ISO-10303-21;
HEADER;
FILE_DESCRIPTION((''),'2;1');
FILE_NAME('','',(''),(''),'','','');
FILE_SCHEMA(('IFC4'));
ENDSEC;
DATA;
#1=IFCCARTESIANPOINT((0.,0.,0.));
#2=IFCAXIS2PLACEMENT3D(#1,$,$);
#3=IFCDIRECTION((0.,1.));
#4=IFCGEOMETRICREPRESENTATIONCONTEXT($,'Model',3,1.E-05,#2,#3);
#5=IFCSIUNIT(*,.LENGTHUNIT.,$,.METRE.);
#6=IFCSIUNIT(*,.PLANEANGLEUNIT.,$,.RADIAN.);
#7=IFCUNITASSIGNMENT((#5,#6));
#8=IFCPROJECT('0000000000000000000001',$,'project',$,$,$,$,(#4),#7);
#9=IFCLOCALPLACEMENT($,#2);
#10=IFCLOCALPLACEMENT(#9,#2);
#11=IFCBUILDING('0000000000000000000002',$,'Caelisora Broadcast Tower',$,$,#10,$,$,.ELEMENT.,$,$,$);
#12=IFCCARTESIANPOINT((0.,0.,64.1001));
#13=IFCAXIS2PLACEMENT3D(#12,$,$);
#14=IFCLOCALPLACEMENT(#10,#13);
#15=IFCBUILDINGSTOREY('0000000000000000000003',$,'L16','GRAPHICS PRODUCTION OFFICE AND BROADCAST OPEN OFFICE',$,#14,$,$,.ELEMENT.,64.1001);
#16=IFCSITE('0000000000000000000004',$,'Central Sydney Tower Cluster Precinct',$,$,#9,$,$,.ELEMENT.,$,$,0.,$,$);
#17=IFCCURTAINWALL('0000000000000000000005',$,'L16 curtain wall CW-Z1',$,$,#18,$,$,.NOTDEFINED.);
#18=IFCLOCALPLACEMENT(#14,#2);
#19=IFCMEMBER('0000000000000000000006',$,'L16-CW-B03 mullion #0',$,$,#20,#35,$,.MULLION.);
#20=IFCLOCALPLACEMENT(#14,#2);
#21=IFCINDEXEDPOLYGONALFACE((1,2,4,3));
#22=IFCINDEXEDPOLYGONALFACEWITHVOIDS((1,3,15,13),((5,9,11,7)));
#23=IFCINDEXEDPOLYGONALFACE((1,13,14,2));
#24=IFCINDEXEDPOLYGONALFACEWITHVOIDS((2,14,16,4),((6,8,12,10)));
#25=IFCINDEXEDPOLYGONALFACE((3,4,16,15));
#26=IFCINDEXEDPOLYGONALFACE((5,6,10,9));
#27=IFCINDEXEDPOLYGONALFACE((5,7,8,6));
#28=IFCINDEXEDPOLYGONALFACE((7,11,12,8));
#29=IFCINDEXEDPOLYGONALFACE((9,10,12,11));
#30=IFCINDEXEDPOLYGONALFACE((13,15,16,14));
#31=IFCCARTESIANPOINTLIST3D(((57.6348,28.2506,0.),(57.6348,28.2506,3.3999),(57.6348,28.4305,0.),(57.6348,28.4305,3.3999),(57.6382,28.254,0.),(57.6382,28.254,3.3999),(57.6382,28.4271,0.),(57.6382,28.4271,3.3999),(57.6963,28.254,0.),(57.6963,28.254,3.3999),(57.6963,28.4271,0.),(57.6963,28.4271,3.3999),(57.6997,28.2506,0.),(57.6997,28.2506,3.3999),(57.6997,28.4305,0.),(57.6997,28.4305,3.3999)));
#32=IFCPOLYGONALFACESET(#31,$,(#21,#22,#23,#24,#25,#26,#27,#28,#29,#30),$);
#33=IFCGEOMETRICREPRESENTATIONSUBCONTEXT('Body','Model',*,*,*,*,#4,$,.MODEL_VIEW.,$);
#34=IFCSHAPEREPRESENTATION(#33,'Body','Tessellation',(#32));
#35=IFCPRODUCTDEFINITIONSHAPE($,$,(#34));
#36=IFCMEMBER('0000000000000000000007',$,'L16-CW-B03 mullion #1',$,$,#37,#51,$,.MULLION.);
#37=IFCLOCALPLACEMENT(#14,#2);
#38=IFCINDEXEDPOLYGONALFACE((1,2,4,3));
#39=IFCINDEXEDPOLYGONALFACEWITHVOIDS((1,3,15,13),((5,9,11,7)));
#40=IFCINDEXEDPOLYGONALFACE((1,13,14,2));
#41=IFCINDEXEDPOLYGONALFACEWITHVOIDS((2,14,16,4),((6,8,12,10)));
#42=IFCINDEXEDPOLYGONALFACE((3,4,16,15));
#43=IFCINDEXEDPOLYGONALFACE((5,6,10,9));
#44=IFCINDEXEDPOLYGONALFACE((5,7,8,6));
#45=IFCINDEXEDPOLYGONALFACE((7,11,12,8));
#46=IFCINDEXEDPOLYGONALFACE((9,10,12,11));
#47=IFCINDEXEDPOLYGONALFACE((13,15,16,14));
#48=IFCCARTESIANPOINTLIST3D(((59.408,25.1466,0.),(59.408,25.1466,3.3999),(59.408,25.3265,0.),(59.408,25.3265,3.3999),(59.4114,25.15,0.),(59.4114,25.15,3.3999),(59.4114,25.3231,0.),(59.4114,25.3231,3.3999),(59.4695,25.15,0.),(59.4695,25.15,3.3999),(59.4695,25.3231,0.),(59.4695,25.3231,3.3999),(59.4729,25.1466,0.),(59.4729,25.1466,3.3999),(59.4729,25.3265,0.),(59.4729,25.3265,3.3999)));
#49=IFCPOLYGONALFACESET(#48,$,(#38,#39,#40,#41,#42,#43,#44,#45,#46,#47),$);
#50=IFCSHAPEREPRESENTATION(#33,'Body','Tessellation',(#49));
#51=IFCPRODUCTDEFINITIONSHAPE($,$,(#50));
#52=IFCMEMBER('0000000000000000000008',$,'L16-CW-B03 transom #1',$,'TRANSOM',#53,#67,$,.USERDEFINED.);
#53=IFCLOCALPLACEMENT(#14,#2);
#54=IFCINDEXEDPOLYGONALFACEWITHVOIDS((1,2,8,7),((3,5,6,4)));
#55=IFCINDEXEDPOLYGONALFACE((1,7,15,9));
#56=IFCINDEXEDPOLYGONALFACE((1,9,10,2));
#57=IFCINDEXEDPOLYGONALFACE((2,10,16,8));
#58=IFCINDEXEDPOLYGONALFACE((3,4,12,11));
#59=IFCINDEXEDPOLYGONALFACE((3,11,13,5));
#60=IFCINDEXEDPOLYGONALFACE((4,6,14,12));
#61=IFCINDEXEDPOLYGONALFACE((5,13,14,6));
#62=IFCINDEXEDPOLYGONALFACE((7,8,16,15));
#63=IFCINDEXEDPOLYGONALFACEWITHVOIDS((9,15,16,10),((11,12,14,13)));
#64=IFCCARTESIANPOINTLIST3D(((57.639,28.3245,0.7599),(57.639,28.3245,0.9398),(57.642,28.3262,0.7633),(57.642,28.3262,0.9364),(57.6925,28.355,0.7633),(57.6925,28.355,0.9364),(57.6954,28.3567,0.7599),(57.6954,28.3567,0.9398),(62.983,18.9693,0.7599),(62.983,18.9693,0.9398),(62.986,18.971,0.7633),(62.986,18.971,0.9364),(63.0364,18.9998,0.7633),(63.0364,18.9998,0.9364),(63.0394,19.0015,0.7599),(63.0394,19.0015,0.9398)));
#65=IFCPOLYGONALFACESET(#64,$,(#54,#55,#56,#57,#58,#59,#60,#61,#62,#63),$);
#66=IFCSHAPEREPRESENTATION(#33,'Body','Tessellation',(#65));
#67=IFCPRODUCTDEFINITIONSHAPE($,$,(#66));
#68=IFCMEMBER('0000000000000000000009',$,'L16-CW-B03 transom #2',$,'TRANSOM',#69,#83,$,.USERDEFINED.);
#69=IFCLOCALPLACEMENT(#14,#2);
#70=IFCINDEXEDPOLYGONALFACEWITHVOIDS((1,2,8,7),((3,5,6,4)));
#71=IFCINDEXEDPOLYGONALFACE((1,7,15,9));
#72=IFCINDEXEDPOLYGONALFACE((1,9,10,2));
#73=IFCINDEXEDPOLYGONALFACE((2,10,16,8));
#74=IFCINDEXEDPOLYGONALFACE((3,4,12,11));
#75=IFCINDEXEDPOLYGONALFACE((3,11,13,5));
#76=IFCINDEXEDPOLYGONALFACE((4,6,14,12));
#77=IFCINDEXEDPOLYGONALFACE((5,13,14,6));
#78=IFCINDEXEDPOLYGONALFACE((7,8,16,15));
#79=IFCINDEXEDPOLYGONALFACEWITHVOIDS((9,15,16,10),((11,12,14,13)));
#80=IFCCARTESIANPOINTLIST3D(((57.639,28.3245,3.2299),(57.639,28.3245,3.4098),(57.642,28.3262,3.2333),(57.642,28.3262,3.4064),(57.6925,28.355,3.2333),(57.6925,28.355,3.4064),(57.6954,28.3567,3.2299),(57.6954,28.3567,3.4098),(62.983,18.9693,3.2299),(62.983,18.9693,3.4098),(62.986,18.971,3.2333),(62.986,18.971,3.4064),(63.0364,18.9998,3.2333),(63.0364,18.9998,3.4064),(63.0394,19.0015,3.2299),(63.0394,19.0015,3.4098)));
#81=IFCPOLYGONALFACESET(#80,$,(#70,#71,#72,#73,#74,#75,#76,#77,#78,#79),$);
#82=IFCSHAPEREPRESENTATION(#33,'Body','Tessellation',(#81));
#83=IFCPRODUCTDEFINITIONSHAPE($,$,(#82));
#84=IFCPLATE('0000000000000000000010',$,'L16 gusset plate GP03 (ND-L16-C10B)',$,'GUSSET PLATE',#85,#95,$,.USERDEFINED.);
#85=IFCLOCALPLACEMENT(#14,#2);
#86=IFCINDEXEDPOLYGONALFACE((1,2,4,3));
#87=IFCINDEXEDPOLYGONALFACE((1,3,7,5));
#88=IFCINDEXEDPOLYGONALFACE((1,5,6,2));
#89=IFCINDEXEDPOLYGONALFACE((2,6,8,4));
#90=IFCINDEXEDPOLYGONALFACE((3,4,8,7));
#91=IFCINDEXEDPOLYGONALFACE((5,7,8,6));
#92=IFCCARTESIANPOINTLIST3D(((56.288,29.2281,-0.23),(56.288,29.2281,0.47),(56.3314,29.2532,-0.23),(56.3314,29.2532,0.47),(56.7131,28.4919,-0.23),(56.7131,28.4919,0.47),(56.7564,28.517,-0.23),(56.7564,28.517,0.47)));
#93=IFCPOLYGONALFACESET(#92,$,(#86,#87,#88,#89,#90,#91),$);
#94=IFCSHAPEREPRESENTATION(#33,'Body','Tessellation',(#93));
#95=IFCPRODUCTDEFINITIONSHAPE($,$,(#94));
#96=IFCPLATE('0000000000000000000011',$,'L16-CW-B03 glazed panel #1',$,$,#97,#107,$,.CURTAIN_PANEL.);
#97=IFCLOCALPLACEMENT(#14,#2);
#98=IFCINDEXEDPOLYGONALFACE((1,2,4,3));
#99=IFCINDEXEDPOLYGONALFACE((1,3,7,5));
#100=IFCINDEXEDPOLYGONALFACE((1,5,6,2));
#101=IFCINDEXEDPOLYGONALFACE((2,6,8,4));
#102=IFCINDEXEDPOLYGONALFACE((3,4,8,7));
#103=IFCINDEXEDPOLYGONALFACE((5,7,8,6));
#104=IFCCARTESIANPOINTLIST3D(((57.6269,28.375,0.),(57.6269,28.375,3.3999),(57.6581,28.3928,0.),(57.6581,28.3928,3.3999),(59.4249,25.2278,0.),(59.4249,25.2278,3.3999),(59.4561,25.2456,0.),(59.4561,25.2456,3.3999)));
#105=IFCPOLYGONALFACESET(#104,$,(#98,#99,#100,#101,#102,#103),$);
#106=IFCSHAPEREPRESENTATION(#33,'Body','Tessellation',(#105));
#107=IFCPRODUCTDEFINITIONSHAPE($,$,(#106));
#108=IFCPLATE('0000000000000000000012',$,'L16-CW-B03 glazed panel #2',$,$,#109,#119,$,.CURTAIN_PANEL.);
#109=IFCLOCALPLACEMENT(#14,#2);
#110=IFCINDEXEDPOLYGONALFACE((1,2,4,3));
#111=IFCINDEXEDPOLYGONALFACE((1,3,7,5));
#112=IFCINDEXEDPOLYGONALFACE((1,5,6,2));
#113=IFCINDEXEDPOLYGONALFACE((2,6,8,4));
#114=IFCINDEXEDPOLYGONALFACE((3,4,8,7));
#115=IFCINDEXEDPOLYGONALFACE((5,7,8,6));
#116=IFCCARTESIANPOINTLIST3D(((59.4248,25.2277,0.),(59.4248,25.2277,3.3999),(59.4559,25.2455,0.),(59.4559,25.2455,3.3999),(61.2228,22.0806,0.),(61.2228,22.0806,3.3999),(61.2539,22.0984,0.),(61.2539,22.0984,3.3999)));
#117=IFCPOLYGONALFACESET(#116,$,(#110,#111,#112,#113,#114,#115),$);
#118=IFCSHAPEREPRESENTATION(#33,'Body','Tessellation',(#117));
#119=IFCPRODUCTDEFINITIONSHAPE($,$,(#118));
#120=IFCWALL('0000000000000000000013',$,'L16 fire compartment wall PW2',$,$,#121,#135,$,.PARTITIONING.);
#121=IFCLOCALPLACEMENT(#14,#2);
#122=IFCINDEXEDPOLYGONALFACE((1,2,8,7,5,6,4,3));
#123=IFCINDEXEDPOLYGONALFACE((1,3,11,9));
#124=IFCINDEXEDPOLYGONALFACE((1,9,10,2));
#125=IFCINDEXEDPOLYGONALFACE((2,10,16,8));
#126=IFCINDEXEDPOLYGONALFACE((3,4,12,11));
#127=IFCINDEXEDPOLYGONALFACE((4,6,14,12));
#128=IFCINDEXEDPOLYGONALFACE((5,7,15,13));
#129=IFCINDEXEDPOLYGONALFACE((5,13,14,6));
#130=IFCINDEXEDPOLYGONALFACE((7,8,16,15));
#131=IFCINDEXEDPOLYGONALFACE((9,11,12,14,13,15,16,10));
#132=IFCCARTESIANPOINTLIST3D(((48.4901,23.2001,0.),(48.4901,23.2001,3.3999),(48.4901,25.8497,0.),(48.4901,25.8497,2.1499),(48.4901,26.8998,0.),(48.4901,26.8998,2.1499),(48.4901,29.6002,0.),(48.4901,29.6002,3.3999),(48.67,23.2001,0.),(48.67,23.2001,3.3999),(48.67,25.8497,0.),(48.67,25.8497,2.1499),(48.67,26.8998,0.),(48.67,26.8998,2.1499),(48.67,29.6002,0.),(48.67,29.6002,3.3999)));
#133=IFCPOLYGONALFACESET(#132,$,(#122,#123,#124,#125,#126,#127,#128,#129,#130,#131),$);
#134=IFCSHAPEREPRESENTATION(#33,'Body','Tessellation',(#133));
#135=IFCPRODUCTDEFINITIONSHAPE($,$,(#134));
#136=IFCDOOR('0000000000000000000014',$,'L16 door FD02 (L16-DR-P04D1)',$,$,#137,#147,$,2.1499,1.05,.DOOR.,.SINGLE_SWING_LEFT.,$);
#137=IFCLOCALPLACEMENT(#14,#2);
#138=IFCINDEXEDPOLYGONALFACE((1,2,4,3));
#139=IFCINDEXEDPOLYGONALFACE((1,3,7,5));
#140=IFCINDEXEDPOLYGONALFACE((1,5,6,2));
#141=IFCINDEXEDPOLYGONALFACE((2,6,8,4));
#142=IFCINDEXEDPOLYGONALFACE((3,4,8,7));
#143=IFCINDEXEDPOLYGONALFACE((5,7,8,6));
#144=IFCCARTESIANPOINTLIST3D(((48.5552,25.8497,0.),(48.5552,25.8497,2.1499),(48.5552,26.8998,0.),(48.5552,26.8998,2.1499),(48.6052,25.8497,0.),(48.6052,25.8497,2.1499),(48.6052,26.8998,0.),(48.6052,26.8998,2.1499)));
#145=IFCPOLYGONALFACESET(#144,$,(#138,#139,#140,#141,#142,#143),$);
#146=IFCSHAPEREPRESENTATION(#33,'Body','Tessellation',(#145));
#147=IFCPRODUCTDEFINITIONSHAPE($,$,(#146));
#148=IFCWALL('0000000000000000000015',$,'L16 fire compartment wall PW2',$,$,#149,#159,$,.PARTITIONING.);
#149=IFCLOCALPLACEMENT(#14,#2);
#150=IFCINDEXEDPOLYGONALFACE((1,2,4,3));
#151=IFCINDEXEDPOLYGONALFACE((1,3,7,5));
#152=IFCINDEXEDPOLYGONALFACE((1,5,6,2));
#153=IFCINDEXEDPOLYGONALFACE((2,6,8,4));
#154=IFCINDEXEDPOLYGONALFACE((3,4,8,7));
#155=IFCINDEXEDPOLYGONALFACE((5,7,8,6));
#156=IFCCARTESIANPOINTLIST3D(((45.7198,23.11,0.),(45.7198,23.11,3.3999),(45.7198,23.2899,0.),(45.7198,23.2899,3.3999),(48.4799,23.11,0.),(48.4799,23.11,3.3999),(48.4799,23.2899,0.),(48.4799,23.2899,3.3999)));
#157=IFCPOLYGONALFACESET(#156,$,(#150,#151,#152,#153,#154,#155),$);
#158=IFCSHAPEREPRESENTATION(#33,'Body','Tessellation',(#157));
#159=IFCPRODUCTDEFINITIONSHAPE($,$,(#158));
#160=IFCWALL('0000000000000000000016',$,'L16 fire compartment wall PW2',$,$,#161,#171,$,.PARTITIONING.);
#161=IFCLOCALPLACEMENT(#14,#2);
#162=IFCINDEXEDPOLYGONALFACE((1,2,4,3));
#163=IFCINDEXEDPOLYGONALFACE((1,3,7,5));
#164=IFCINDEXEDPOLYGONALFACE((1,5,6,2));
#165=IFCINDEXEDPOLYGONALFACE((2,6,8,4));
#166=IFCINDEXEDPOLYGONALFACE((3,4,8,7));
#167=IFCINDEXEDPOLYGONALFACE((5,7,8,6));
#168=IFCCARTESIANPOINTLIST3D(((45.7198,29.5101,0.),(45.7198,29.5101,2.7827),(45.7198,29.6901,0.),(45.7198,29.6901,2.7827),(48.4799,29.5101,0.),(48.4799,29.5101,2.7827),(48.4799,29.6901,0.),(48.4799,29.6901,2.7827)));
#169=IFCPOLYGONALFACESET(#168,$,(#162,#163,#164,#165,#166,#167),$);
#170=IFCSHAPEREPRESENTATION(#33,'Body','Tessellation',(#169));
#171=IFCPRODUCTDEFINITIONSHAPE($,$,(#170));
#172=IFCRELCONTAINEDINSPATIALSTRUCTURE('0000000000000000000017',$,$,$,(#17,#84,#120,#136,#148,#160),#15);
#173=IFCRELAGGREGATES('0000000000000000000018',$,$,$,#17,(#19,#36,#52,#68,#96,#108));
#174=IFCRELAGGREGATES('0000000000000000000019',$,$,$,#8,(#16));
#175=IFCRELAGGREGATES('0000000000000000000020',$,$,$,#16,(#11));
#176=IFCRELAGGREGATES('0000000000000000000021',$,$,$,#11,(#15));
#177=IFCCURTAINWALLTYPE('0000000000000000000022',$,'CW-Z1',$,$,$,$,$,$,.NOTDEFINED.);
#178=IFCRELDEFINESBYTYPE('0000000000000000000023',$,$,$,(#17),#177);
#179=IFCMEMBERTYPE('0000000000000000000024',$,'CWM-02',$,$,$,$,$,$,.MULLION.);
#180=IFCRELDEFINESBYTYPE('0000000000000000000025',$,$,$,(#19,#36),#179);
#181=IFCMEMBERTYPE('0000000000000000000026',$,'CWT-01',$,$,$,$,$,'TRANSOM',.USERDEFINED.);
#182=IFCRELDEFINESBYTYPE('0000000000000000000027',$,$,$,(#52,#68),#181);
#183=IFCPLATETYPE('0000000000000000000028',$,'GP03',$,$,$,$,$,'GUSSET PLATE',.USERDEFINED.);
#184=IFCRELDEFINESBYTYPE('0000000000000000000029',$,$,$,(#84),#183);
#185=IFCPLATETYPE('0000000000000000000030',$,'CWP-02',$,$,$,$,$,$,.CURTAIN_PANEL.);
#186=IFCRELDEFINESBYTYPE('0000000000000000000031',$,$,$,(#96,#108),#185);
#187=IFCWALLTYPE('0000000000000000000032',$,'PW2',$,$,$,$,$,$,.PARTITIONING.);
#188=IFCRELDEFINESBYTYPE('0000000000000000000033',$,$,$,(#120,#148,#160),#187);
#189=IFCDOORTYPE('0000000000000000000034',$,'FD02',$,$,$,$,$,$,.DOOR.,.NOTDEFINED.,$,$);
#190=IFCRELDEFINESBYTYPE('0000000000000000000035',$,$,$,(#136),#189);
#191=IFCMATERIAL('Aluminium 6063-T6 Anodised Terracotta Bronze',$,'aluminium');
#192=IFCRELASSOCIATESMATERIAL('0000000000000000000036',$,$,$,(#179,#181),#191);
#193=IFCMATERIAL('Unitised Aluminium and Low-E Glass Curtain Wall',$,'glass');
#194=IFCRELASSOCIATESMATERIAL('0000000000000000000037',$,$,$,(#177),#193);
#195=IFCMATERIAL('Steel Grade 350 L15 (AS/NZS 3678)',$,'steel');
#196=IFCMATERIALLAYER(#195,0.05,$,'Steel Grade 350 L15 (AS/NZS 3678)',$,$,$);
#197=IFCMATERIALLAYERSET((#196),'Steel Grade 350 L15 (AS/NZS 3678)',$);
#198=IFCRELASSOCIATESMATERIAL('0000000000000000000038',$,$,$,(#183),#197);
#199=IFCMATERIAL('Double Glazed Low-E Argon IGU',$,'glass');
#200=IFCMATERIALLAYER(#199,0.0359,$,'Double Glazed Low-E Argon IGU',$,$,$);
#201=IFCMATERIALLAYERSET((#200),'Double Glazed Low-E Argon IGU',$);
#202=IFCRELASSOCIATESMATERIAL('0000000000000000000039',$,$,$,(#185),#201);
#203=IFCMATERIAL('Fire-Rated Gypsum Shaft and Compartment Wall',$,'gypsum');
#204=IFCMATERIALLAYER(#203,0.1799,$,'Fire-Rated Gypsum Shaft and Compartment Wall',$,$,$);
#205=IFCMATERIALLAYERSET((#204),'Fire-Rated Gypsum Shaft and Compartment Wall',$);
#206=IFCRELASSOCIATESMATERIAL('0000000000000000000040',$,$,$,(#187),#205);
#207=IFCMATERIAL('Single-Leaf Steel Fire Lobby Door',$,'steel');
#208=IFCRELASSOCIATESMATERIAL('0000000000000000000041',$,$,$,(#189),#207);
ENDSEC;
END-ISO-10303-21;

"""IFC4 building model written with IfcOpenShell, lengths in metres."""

from ifc_helpers import new_model, si_unit, direction, frame, frame_2d, origin, origin_2d, place, context, subcontext, project, spatial, rectangle, hollow_rectangle, extrude, source, transform, mapped, material, layer, layer_set, material_profile, profile_set, type_object, type_shapes, element, fill, aggregate, save


model = new_model("IFC4")

# Units and contexts
model_context = context("Model", 3, precision=1e-05, world=origin(), true_north=direction((0.0, 1.0)))
body_context = subcontext(model_context, "Body", "Model", "MODEL_VIEW")
ifc_project = project(units=[si_unit("LENGTHUNIT", "METRE"), si_unit("PLANEANGLEUNIT", "RADIAN")], contexts=[model_context])

# Site, building, storey
site_placement = place(None, origin())
site = spatial("IfcSite", under=ifc_project, at=site_placement, Name="Central Sydney Tower Cluster Precinct", CompositionType="ELEMENT", RefElevation=0.0)
building_placement = place(site_placement, origin())
building = spatial("IfcBuilding", under=site, at=building_placement, Name="Caelisora Broadcast Tower", CompositionType="ELEMENT")
storey_placement = place(building_placement, frame((0.0, 0.0, 64.1001)))
storey = spatial("IfcBuildingStorey", under=building, at=storey_placement, Name="L16", Description="GRAPHICS PRODUCTION OFFICE AND BROADCAST OPEN OFFICE", CompositionType="ELEMENT", Elevation=64.1001)

# Shared definitions
ifc_material_1 = material(Name="Steel Grade 350 L15 (AS/NZS 3678)", Category="steel")

# Shared definitions
ifc_material_2 = material(Name="Aluminium 6063-T6 Anodised Terracotta Bronze", Category="aluminium")
ifc_material_profile_1 = material_profile(ifc_material_2, hollow_rectangle(XDim=0.0649, YDim=0.1799, WallThickness=0.0034, at=origin_2d()), Name="Aluminium 6063-T6 Anodised Terracotta Bronze")
ifc_profile_set_1 = profile_set([ifc_material_profile_1], Name="Aluminium 6063-T6 Anodised Terracotta Bronze")
member_type_1 = type_object("IfcMemberType", Name="CWM-02", PredefinedType="MULLION", material=ifc_profile_set_1)
shared_shape_1 = source(origin(), body_context, "Body", "SweptSolid", [
    extrude(hollow_rectangle(XDim=0.0649, YDim=0.1799, WallThickness=0.0034, at=origin_2d()), origin(), (0.0, 0.0, 1.0), 3.3999),
])
type_shapes(member_type_1, [shared_shape_1])

# Curtain wall, members
ifc_material_3 = material(Name="Unitised Aluminium and Low-E Glass Curtain Wall", Category="glass")
curtain_wall_type_1 = type_object("IfcCurtainWallType", Name="CW-Z1", PredefinedType="NOTDEFINED", material=ifc_material_3)
curtain_wall_1_placement = place(storey_placement, origin())
curtain_wall_1 = element("IfcCurtainWall", 1, at=curtain_wall_1_placement, inside=storey, type_object=curtain_wall_type_1, Name="L16 curtain wall CW-Z1", PredefinedType="NOTDEFINED")
member_1_placement = place(storey_placement, frame((57.6672, 28.3406, 0.0), z_axis=(0.0, 0.0, 1.0), x_axis=(1.0, 0.0, 0.0)))
member_1 = element("IfcMember", 2, at=member_1_placement, type_object=member_type_1, Name="L16-CW-B03 mullion #0", PredefinedType="MULLION", context=body_context, shape_type="MappedRepresentation", body=[
    mapped(shared_shape_1, transform((0.0, 0.0, 0.0), scale=1.0)),
])
member_2_placement = place(storey_placement, frame((59.4404, 25.2366, 0.0), z_axis=(0.0, 0.0, 1.0), x_axis=(1.0, 0.0, 0.0)))
member_2 = element("IfcMember", 3, at=member_2_placement, type_object=member_type_1, Name="L16-CW-B03 mullion #1", PredefinedType="MULLION", context=body_context, shape_type="MappedRepresentation", body=[
    mapped(shared_shape_1, transform((0.0, 0.0, 0.0), scale=1.0)),
])
ifc_material_profile_2 = material_profile(ifc_material_2, hollow_rectangle(XDim=0.0649, YDim=0.1799, WallThickness=0.0034, at=origin_2d()), Name="Aluminium 6063-T6 Anodised Terracotta Bronze")
ifc_profile_set_2 = profile_set([ifc_material_profile_2], Name="Aluminium 6063-T6 Anodised Terracotta Bronze")
member_type_2 = type_object("IfcMemberType", Name="CWT-01", ElementType="TRANSOM", PredefinedType="USERDEFINED", material=ifc_profile_set_2)
shared_shape_2 = source(origin(), body_context, "Body", "SweptSolid", [
    extrude(hollow_rectangle(XDim=0.0649, YDim=0.1799, WallThickness=0.0034, at=origin_2d()), origin(), (0.0, 0.0, 1.0), 10.7739),
])
type_shapes(member_type_2, [shared_shape_2])
member_3_placement = place(storey_placement, frame((57.6672, 28.3406, 0.8499), z_axis=(0.49601, -0.868317, 0.0), x_axis=(0.868317, 0.49601, 0.0)))
member_3 = element("IfcMember", 4, at=member_3_placement, type_object=member_type_2, Name="L16-CW-B03 transom #1", ObjectType="TRANSOM", PredefinedType="USERDEFINED", context=body_context, shape_type="MappedRepresentation", body=[
    mapped(shared_shape_2, transform((0.0, 0.0, 0.0), scale=1.0)),
])
member_4_placement = place(storey_placement, frame((57.6672, 28.3406, 3.3198), z_axis=(0.49601, -0.868317, 0.0), x_axis=(0.868317, 0.49601, 0.0)))
member_4 = element("IfcMember", 5, at=member_4_placement, type_object=member_type_2, Name="L16-CW-B03 transom #2", ObjectType="TRANSOM", PredefinedType="USERDEFINED", context=body_context, shape_type="MappedRepresentation", body=[
    mapped(shared_shape_2, transform((0.0, 0.0, 0.0), scale=1.0)),
])

# Plates
ifc_layer_1 = layer(ifc_material_1, 0.05, Name="Steel Grade 350 L15 (AS/NZS 3678)")
ifc_layer_set_1 = layer_set([ifc_layer_1], Name="Steel Grade 350 L15 (AS/NZS 3678)")
plate_type_1 = type_object("IfcPlateType", Name="GP03", ElementType="GUSSET PLATE", PredefinedType="USERDEFINED", material=ifc_layer_set_1)
shared_shape_3 = source(origin(), body_context, "Body", "SweptSolid", [
    extrude(rectangle(XDim=0.8501, YDim=0.05, at=origin_2d()), origin(), (0.0, 0.0, 1.0), 0.7),
])
type_shapes(plate_type_1, [shared_shape_3])
plate_1_placement = place(storey_placement, frame((56.5222, 28.8726, -0.23), z_axis=(0.0, 0.0, 1.0), x_axis=(-0.5, 0.866025, 0.0)))
element("IfcPlate", 6, at=plate_1_placement, inside=storey, type_object=plate_type_1, Name="L16 gusset plate GP03 (ND-L16-C10B)", ObjectType="GUSSET PLATE", PredefinedType="USERDEFINED", context=body_context, shape_type="MappedRepresentation", body=[
    mapped(shared_shape_3, transform((0.0, 0.0, 0.0), scale=1.0)),
])
ifc_material_4 = material(Name="Double Glazed Low-E Argon IGU", Category="glass")
ifc_layer_2 = layer(ifc_material_4, 0.0359, Name="Double Glazed Low-E Argon IGU")
ifc_layer_set_2 = layer_set([ifc_layer_2], Name="Double Glazed Low-E Argon IGU")
plate_type_2 = type_object("IfcPlateType", Name="CWP-02", PredefinedType="CURTAIN_PANEL", material=ifc_layer_set_2)
shared_shape_4 = source(origin(), body_context, "Body", "SweptSolid", [
    extrude(rectangle(XDim=3.6245, YDim=0.0359, at=origin_2d()), origin(), (0.0, 0.0, 1.0), 3.3999),
])
type_shapes(plate_type_2, [shared_shape_4])
plate_2_placement = place(storey_placement, frame((58.5415, 26.8103, 0.0), z_axis=(0.0, 0.0, 1.0), x_axis=(0.496065, -0.868285, 0.0)))
plate_2 = element("IfcPlate", 7, at=plate_2_placement, type_object=plate_type_2, Name="L16-CW-B03 glazed panel #1", PredefinedType="CURTAIN_PANEL", context=body_context, shape_type="MappedRepresentation", body=[
    mapped(shared_shape_4, transform((0.0, 0.0, 0.0), scale=1.0)),
])
plate_3_placement = place(storey_placement, frame((60.3394, 23.6631, 0.0), z_axis=(0.0, 0.0, 1.0), x_axis=(0.496065, -0.868285, 0.0)))
plate_3 = element("IfcPlate", 8, at=plate_3_placement, type_object=plate_type_2, Name="L16-CW-B03 glazed panel #2", PredefinedType="CURTAIN_PANEL", context=body_context, shape_type="MappedRepresentation", body=[
    mapped(shared_shape_4, transform((0.0, 0.0, 0.0), scale=1.0)),
])
aggregate(curtain_wall_1, [member_1, member_2, member_3, member_4, plate_2, plate_3])

# Wall, opening, door
ifc_material_5 = material(Name="Fire-Rated Gypsum Shaft and Compartment Wall", Category="gypsum")
ifc_layer_3 = layer(ifc_material_5, 0.1799, Name="Fire-Rated Gypsum Shaft and Compartment Wall")
ifc_layer_set_3 = layer_set([ifc_layer_3], Name="Fire-Rated Gypsum Shaft and Compartment Wall")
wall_type_1 = type_object("IfcWallType", Name="PW2", PredefinedType="PARTITIONING", material=ifc_layer_set_3)
wall_1_placement = place(storey_placement, frame((48.5801, 23.2, 0.0), z_axis=(0.0, 0.0, 1.0), x_axis=(0.0, 1.0, 0.0)))
wall_1 = element("IfcWall", 9, at=wall_1_placement, inside=storey, type_object=wall_type_1, Name="L16 fire compartment wall PW2", PredefinedType="PARTITIONING", context=body_context, shape_type="SweptSolid", body=[
    extrude(rectangle(XDim=6.4001, YDim=0.1799, at=frame_2d((3.2002, 0.0))), origin(), (0.0, 0.0, 1.0), 3.3999),
])
opening_1_placement = place(wall_1_placement, frame((2.6499, 0.0, 0.0)))
opening_1 = element("IfcOpeningElement", 10, at=opening_1_placement, cuts=wall_1, PredefinedType="OPENING", context=body_context, shape_type="SweptSolid", body=[
    extrude(rectangle(XDim=1.05, YDim=2.1499, at=frame_2d((0.5249, 1.075))), frame((0.0, 0.1021, 0.0), z_axis=(0.0, -1.0, 0.0), x_axis=(1.0, 0.0, 0.0)), (0.0, 0.0, 1.0), 0.2039),
])
ifc_material_6 = material(Name="Single-Leaf Steel Fire Lobby Door", Category="steel")
door_type_1 = type_object("IfcDoorType", Name="FD02", OperationType="NOTDEFINED", PredefinedType="DOOR", material=ifc_material_6)
door_1_placement = place(opening_1_placement, origin())
door_1 = element("IfcDoor", 11, at=door_1_placement, inside=storey, type_object=door_type_1, Name="L16 door FD02 (L16-DR-P04D1)", OperationType="SINGLE_SWING_LEFT", OverallHeight=2.1499, OverallWidth=1.05, PredefinedType="DOOR", context=body_context, shape_type="SweptSolid", body=[
    extrude(rectangle(XDim=1.05, YDim=2.1499, at=frame_2d((0.5249, 1.075))), frame((0.0, 0.0249, 0.0), z_axis=(0.0, -1.0, 0.0), x_axis=(1.0, 0.0, 0.0)), (0.0, 0.0, 1.0), 0.05),
])
fill(opening_1, door_1)

# Walls
wall_2_placement = place(storey_placement, frame((45.72, 23.2, 0.0), z_axis=(0.0, 0.0, 1.0), x_axis=(1.0, 0.0, 0.0)))
element("IfcWall", 12, at=wall_2_placement, inside=storey, type_object=wall_type_1, Name="L16 fire compartment wall PW2", PredefinedType="PARTITIONING", context=body_context, shape_type="SweptSolid", body=[
    extrude(rectangle(XDim=2.76, YDim=0.1799, at=frame_2d((1.3799, 0.0))), origin(), (0.0, 0.0, 1.0), 3.3999),
])
wall_3_placement = place(storey_placement, frame((45.72, 29.6001, 0.0), z_axis=(0.0, 0.0, 1.0), x_axis=(1.0, 0.0, 0.0)))
element("IfcWall", 13, at=wall_3_placement, inside=storey, type_object=wall_type_1, Name="L16 fire compartment wall PW2", PredefinedType="PARTITIONING", context=body_context, shape_type="SweptSolid", body=[
    extrude(rectangle(XDim=2.76, YDim=0.1799, at=frame_2d((1.3799, 0.0))), origin(), (0.0, 0.0, 1.0), 2.7827),
])

save(model, "model.ifc")
